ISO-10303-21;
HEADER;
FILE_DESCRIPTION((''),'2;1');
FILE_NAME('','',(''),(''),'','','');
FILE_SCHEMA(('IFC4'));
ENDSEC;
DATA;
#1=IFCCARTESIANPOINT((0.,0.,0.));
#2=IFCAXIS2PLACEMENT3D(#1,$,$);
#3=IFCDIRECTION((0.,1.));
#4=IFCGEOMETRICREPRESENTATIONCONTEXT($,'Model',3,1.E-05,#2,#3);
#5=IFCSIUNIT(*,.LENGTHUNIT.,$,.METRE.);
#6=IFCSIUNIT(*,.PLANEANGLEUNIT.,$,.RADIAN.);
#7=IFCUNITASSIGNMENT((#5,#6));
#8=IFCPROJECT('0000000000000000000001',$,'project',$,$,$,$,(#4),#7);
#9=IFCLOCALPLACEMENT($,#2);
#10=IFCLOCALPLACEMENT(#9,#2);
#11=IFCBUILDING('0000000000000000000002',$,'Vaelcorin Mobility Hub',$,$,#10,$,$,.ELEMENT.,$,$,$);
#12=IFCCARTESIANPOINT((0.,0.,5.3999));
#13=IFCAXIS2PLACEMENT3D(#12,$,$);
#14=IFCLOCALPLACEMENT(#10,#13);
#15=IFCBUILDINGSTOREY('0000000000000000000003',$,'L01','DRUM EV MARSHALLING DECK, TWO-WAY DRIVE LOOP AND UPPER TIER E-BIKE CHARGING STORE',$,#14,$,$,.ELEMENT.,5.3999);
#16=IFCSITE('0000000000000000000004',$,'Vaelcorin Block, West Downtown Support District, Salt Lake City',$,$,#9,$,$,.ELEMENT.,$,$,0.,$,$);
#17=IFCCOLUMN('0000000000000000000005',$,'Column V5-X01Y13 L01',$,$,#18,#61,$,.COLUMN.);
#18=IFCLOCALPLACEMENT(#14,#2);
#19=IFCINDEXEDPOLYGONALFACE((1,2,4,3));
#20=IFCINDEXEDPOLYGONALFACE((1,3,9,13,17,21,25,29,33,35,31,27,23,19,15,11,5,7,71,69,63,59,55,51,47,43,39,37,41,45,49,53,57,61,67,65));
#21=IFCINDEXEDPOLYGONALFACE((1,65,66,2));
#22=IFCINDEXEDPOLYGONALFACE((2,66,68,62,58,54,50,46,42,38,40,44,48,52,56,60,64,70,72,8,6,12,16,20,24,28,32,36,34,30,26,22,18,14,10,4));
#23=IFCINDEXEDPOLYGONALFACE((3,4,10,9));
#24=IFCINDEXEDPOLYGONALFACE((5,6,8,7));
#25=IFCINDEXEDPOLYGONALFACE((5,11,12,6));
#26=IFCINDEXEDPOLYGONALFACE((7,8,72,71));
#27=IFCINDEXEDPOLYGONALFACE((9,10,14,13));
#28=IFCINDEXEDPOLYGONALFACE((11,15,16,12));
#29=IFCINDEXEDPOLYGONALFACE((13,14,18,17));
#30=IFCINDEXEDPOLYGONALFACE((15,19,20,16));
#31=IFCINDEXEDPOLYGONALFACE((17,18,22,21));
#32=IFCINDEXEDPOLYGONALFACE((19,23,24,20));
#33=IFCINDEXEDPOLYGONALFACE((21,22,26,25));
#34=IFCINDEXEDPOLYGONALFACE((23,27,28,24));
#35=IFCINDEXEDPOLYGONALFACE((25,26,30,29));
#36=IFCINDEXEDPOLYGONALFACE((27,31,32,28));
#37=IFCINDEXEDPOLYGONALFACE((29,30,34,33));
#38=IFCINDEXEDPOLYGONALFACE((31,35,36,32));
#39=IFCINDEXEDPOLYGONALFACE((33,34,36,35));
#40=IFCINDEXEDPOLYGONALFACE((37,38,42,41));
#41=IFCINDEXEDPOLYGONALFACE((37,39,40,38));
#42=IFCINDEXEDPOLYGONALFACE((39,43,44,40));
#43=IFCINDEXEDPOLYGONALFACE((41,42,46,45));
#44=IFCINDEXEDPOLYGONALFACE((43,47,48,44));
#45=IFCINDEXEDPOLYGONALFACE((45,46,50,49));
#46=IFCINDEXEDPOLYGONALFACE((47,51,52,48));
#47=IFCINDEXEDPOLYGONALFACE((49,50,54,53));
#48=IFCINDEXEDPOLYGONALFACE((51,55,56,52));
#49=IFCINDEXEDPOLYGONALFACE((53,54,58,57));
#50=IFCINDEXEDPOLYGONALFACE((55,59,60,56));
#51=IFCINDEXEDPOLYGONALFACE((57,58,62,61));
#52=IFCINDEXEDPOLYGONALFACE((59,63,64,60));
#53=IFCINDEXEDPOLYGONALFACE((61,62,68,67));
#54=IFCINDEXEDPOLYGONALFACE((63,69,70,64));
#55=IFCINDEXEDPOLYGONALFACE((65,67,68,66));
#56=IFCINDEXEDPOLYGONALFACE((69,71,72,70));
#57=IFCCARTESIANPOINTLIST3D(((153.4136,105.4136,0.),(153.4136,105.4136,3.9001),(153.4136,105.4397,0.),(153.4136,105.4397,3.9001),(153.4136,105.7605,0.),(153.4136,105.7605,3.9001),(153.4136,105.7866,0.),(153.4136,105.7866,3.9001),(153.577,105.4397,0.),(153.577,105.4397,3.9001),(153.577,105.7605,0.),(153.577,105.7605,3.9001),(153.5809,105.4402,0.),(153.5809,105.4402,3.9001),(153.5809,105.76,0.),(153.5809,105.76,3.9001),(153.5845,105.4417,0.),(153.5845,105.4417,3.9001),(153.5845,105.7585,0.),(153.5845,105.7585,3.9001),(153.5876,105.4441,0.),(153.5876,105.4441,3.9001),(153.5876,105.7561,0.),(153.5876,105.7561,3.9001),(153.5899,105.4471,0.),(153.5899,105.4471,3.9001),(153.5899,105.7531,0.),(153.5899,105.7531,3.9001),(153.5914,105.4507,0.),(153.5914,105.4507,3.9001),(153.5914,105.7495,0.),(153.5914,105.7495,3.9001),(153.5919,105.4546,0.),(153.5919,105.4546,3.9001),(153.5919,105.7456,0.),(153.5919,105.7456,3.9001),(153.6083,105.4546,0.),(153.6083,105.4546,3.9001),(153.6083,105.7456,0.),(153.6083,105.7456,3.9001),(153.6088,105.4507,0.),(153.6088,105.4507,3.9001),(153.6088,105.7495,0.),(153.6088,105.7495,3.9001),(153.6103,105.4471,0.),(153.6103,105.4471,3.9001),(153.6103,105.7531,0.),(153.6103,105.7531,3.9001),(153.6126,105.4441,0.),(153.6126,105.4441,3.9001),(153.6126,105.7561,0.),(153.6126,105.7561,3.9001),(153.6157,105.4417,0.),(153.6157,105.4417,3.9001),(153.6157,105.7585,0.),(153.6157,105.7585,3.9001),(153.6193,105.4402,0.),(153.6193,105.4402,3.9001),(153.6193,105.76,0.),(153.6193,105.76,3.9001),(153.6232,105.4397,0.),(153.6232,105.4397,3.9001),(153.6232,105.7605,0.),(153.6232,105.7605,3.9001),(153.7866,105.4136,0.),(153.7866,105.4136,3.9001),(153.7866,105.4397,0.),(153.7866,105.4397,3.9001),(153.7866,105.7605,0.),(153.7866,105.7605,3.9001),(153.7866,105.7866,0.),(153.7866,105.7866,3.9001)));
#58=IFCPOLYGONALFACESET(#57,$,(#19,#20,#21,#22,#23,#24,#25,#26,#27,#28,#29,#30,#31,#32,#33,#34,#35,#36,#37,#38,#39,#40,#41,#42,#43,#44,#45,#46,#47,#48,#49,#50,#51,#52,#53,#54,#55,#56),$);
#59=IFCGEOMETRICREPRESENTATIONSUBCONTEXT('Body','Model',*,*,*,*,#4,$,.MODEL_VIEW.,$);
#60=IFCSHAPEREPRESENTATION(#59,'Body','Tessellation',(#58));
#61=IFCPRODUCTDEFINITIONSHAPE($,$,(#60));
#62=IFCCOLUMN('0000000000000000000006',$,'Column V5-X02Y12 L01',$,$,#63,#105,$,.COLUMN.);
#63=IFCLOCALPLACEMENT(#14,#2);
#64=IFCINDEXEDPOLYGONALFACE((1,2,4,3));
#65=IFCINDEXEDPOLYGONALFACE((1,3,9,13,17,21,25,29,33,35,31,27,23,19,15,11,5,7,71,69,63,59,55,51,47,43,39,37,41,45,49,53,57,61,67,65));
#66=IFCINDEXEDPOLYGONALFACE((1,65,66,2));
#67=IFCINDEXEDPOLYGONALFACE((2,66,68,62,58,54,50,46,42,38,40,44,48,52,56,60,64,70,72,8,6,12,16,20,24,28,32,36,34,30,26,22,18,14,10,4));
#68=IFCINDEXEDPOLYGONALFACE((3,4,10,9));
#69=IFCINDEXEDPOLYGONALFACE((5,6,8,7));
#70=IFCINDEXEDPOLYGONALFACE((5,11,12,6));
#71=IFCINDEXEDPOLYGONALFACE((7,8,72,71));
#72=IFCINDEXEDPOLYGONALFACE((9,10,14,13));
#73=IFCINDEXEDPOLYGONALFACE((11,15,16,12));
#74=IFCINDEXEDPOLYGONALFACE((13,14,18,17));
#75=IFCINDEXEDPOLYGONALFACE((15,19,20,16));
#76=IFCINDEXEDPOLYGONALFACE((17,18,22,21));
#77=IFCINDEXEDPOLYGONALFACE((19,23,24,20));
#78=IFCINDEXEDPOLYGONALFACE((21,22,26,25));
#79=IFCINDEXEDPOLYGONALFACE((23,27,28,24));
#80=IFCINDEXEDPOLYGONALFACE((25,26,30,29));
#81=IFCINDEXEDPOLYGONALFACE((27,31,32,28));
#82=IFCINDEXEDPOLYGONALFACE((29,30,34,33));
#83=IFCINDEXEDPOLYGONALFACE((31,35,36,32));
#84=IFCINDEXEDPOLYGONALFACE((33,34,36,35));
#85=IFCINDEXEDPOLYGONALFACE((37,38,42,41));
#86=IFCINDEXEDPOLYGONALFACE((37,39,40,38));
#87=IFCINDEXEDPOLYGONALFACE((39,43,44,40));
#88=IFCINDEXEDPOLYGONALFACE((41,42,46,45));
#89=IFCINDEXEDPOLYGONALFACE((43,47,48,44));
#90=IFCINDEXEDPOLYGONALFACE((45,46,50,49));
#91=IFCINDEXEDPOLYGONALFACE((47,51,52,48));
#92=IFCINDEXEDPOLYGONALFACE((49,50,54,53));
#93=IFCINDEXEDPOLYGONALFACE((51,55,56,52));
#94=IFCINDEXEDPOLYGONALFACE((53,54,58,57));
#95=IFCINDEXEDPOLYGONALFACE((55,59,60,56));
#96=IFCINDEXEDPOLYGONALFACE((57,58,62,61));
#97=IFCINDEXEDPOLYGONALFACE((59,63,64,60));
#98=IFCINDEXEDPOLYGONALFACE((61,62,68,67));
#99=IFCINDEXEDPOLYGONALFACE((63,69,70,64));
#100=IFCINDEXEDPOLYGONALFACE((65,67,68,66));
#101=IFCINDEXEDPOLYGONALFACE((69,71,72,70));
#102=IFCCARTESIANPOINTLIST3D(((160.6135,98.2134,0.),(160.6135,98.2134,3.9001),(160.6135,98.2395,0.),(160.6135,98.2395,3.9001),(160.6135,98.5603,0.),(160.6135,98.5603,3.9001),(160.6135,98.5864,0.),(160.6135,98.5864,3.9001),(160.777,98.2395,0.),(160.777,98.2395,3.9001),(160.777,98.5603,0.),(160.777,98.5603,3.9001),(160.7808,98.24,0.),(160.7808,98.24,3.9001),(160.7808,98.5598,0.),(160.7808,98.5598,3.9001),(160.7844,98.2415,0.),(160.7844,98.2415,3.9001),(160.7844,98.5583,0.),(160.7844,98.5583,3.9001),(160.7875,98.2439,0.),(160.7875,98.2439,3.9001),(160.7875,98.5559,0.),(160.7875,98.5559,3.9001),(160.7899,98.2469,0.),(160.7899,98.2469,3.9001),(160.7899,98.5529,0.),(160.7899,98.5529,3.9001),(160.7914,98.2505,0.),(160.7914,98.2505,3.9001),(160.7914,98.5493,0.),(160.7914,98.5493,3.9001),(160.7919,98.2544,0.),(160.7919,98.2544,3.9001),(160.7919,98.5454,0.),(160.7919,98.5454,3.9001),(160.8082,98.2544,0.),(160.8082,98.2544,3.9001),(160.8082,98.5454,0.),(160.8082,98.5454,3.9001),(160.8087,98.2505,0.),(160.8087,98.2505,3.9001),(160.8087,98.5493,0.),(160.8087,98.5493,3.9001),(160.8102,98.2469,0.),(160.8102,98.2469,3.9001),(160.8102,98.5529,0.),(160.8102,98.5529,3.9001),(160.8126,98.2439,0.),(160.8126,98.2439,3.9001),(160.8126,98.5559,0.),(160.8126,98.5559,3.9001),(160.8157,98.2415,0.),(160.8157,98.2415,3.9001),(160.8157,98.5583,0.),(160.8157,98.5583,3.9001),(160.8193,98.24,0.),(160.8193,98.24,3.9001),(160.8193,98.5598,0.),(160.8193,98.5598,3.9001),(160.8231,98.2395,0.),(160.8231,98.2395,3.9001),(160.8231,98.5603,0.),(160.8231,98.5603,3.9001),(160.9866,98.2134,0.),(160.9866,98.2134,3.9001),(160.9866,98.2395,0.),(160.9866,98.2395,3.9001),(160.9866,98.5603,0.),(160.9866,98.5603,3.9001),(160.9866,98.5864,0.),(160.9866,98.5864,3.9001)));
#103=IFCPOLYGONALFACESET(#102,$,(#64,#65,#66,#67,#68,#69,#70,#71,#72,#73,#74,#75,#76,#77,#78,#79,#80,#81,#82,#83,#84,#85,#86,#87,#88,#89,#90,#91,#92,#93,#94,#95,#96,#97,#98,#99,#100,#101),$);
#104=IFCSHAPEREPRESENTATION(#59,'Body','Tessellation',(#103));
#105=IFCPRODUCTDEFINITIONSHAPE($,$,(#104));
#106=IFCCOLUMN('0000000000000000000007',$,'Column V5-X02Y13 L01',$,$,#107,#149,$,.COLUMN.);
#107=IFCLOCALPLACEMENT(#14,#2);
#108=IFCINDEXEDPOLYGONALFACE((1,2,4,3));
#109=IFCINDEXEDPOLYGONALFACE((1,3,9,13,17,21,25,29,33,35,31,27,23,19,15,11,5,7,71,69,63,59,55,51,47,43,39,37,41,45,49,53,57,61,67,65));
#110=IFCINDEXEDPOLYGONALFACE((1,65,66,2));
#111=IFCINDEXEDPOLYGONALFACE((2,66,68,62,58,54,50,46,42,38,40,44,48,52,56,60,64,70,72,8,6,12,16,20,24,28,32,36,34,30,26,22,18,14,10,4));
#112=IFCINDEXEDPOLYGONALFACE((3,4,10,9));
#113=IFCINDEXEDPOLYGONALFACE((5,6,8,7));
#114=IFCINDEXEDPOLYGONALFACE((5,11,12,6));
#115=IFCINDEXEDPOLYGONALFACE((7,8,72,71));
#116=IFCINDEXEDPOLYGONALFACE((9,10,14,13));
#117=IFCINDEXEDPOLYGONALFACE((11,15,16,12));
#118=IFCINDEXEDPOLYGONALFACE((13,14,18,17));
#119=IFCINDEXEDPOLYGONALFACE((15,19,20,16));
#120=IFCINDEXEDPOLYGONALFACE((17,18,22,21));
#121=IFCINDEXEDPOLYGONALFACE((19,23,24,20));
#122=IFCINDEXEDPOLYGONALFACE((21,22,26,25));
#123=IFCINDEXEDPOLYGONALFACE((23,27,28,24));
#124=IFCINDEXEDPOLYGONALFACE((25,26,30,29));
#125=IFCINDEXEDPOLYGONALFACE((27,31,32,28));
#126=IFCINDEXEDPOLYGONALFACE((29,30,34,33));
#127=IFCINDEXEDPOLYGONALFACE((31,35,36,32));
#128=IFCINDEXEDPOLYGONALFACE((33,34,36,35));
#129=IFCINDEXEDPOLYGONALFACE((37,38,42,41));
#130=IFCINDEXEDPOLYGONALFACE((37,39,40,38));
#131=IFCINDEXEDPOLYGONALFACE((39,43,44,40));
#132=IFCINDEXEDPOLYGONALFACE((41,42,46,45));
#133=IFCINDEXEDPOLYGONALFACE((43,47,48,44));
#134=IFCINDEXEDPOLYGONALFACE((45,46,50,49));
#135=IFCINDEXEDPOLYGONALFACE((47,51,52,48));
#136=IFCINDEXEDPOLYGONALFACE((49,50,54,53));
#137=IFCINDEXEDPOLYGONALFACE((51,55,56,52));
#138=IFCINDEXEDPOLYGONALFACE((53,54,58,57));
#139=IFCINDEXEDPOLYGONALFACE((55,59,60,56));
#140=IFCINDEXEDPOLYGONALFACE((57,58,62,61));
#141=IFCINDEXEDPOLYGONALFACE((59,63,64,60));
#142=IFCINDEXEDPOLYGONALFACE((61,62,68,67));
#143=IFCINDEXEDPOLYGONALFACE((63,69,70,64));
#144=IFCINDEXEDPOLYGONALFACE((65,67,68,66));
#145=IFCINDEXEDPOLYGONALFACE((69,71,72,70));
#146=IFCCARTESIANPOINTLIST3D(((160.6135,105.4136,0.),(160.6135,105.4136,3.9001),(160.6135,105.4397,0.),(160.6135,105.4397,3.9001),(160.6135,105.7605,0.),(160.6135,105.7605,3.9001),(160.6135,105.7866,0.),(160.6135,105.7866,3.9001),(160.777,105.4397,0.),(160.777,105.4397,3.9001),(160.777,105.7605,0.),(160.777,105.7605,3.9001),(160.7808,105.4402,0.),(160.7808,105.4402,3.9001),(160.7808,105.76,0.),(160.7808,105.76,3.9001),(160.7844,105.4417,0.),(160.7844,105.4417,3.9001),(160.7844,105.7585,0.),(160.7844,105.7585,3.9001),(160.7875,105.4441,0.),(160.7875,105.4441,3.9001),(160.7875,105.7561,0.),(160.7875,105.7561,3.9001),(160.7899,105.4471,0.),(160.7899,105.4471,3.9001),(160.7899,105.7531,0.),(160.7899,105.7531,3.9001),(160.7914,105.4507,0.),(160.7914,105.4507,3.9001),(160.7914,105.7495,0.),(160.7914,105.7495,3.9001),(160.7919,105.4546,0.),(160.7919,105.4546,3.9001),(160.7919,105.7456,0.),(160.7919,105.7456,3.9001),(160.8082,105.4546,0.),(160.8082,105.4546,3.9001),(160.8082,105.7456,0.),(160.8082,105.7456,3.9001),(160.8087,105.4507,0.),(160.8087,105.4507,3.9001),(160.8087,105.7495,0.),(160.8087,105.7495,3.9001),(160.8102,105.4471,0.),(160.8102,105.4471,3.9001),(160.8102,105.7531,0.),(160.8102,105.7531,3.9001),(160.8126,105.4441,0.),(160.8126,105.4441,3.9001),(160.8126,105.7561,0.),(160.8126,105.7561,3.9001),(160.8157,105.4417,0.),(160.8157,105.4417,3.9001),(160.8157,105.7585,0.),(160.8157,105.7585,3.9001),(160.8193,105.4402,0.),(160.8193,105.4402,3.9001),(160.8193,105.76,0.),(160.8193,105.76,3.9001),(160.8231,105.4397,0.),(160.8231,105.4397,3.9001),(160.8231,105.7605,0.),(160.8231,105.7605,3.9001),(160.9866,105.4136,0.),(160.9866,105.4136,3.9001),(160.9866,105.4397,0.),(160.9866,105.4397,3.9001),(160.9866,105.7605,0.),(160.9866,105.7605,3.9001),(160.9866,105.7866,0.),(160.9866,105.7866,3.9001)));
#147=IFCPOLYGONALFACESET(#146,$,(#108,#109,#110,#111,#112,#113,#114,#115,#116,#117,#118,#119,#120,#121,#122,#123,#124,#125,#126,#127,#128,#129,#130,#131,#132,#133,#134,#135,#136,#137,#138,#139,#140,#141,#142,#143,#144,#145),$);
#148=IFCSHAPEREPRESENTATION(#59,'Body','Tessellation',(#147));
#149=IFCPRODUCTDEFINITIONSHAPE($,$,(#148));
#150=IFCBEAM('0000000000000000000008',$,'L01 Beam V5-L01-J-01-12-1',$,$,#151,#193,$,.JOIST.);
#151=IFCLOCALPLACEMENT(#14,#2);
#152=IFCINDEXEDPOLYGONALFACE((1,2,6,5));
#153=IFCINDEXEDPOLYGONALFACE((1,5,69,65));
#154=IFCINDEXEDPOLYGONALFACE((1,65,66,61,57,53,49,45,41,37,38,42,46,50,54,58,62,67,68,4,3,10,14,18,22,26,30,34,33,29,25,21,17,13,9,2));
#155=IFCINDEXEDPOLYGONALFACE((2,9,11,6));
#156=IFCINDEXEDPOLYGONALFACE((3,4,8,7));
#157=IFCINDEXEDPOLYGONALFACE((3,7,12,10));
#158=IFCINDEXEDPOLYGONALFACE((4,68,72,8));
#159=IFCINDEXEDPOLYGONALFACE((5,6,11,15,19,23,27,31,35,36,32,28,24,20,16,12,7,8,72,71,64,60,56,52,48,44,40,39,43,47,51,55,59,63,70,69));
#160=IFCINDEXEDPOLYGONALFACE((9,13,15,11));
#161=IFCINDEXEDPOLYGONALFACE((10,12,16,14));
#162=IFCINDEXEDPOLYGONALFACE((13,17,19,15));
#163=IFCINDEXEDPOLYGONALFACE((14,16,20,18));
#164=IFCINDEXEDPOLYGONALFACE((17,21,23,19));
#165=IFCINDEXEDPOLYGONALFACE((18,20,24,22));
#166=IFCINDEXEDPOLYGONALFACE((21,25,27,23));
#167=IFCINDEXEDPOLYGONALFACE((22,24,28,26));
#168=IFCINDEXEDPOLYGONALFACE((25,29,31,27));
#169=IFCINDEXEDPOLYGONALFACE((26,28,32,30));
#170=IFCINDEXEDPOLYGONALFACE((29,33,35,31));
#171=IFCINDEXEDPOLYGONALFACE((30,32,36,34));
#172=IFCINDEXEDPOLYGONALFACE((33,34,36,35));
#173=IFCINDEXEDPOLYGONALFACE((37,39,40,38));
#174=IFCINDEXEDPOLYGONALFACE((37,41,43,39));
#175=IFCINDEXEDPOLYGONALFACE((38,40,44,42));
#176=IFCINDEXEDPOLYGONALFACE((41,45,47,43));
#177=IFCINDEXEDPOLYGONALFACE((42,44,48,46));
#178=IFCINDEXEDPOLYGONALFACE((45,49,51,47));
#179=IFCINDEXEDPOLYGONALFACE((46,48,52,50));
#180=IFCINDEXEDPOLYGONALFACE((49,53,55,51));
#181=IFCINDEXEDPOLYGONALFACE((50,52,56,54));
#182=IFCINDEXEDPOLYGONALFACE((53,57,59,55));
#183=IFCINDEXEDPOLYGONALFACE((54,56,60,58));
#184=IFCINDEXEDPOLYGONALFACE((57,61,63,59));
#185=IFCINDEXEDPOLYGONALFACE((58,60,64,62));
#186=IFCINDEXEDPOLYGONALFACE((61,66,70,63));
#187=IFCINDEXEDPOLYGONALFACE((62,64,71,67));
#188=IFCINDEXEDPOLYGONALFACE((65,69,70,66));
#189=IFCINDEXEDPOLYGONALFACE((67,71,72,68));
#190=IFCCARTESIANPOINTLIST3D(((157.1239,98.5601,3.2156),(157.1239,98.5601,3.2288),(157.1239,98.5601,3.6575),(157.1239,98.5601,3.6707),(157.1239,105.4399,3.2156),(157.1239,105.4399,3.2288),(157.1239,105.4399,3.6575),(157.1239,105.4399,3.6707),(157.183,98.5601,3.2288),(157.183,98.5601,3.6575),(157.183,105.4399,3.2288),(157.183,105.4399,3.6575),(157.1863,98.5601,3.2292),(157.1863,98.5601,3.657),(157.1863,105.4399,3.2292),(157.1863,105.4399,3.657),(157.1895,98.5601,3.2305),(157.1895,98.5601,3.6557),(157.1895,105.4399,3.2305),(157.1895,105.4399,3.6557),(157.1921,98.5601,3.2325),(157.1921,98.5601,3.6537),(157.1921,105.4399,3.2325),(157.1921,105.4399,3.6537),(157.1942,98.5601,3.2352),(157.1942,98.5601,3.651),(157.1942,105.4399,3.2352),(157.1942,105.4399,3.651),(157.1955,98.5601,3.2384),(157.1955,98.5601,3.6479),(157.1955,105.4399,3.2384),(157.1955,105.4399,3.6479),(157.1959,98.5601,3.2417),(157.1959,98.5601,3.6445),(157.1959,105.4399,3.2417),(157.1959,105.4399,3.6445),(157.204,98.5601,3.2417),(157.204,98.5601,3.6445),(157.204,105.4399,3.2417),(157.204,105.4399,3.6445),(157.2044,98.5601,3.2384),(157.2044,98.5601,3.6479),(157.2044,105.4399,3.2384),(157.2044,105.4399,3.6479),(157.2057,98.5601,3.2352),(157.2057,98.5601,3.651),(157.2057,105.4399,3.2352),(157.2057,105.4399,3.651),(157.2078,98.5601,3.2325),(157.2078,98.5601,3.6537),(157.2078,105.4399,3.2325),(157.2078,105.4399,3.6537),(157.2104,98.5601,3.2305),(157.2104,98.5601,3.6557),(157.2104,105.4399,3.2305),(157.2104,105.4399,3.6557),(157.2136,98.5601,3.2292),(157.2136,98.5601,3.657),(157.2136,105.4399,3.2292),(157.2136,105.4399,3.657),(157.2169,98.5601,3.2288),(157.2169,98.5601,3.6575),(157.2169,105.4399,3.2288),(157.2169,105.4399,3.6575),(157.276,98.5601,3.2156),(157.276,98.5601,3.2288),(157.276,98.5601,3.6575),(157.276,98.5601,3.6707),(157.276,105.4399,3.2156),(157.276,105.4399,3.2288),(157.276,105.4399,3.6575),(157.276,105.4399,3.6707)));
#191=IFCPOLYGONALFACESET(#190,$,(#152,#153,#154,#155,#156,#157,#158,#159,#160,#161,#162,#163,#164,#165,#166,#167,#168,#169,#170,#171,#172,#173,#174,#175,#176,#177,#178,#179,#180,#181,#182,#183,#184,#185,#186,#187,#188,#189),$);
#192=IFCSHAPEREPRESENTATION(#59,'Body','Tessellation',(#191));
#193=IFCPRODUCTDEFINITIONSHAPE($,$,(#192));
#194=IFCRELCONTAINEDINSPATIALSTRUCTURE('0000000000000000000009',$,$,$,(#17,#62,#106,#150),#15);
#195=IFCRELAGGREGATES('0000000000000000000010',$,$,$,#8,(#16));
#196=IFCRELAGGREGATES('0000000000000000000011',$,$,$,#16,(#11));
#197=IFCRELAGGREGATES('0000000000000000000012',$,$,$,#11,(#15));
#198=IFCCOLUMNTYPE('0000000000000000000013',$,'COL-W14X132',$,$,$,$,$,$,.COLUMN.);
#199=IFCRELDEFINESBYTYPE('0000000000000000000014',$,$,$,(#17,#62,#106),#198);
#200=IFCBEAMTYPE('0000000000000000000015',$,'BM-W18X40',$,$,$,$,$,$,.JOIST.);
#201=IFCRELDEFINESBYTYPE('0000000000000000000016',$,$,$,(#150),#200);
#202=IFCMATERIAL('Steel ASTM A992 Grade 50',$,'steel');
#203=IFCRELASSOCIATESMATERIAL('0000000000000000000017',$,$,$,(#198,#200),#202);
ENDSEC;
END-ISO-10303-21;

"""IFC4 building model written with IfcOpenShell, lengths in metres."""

from ifc_helpers import new_model, si_unit, direction, frame, origin, origin_2d, place, context, subcontext, project, spatial, i_section, extrude, material, material_profile, profile_set, type_object, element, save


model = new_model("IFC4")

# Units and contexts
model_context = context("Model", 3, precision=1e-05, world=origin(), true_north=direction((0.0, 1.0)))
body_context = subcontext(model_context, "Body", "Model", "MODEL_VIEW")
ifc_project = project(units=[si_unit("LENGTHUNIT", "METRE"), si_unit("PLANEANGLEUNIT", "RADIAN")], contexts=[model_context])

# Site, building, storey
site_placement = place(None, origin())
site = spatial("IfcSite", under=ifc_project, at=site_placement, Name="Vaelcorin Block, West Downtown Support District, Salt Lake City", CompositionType="ELEMENT", RefElevation=0.0)
building_placement = place(site_placement, origin())
building = spatial("IfcBuilding", under=site, at=building_placement, Name="Vaelcorin Mobility Hub", CompositionType="ELEMENT")
storey_placement = place(building_placement, frame((0.0, 0.0, 5.3999)))
storey = spatial("IfcBuildingStorey", under=building, at=storey_placement, Name="L01", Description="DRUM EV MARSHALLING DECK, TWO-WAY DRIVE LOOP AND UPPER TIER E-BIKE CHARGING STORE", CompositionType="ELEMENT", Elevation=5.3999)

# Columns
ifc_material_1 = material(Name="Steel ASTM A992 Grade 50", Category="steel")
ifc_material_profile_1 = material_profile(ifc_material_1, i_section(OverallWidth=0.373, OverallDepth=0.373, WebThickness=0.0164, FlangeThickness=0.0261, FilletRadius=0.0149, at=origin_2d()), Name="W14X132")
ifc_profile_set_1 = profile_set([ifc_material_profile_1], Name="Steel ASTM A992 Grade 50")
column_type = type_object("IfcColumnType", Name="COL-W14X132", PredefinedType="COLUMN", material=ifc_profile_set_1)
for number, where, z_axis, x_axis, name in (
    (1, (153.6001, 105.6001, 0.0), (0.0, 0.0, 1.0), (1.0, 0.0, 0.0), "Column V5-X01Y13 L01"),
    (2, (160.8, 98.3999, 0.0), (0.0, 0.0, 1.0), (1.0, 0.0, 0.0), "Column V5-X02Y12 L01"),
    (3, (160.8, 105.6001, 0.0), (0.0, 0.0, 1.0), (1.0, 0.0, 0.0), "Column V5-X02Y13 L01"),
):
    element("IfcColumn", number, at=place(storey_placement, frame(where, z_axis=z_axis, x_axis=x_axis)), inside=storey, type_object=column_type, Name=name, PredefinedType="COLUMN", context=body_context, shape_type="SweptSolid", body=[
        extrude(i_section(OverallWidth=0.373, OverallDepth=0.373, WebThickness=0.0164, FlangeThickness=0.0261, FilletRadius=0.0149, at=origin_2d()), origin(), (0.0, 0.0, 1.0), 3.9001),
    ])

# Beam
ifc_material_profile_2 = material_profile(ifc_material_1, i_section(OverallWidth=0.1521, OverallDepth=0.4551, WebThickness=0.0081, FlangeThickness=0.0132, FilletRadius=0.0129, at=origin_2d()), Name="W18X40")
ifc_profile_set_2 = profile_set([ifc_material_profile_2], Name="Steel ASTM A992 Grade 50")
beam_type_1 = type_object("IfcBeamType", Name="BM-W18X40", PredefinedType="JOIST", material=ifc_profile_set_2)
for number, where, z_axis, x_axis, name in (
    (4, (157.2, 98.5601, 3.4431), (0.0, 1.0, 0.0), (-1.0, 0.0, 0.0), "L01 Beam V5-L01-J-01-12-1"),
):
    element("IfcBeam", number, at=place(storey_placement, frame(where, z_axis=z_axis, x_axis=x_axis)), inside=storey, type_object=beam_type_1, Name=name, PredefinedType="JOIST", context=body_context, shape_type="SweptSolid", body=[
        extrude(i_section(OverallWidth=0.1521, OverallDepth=0.4551, WebThickness=0.0081, FlangeThickness=0.0132, FilletRadius=0.0129, at=origin_2d()), origin(), (0.0, 0.0, 1.0), 6.8799),
    ])

save(model, "model.ifc")
